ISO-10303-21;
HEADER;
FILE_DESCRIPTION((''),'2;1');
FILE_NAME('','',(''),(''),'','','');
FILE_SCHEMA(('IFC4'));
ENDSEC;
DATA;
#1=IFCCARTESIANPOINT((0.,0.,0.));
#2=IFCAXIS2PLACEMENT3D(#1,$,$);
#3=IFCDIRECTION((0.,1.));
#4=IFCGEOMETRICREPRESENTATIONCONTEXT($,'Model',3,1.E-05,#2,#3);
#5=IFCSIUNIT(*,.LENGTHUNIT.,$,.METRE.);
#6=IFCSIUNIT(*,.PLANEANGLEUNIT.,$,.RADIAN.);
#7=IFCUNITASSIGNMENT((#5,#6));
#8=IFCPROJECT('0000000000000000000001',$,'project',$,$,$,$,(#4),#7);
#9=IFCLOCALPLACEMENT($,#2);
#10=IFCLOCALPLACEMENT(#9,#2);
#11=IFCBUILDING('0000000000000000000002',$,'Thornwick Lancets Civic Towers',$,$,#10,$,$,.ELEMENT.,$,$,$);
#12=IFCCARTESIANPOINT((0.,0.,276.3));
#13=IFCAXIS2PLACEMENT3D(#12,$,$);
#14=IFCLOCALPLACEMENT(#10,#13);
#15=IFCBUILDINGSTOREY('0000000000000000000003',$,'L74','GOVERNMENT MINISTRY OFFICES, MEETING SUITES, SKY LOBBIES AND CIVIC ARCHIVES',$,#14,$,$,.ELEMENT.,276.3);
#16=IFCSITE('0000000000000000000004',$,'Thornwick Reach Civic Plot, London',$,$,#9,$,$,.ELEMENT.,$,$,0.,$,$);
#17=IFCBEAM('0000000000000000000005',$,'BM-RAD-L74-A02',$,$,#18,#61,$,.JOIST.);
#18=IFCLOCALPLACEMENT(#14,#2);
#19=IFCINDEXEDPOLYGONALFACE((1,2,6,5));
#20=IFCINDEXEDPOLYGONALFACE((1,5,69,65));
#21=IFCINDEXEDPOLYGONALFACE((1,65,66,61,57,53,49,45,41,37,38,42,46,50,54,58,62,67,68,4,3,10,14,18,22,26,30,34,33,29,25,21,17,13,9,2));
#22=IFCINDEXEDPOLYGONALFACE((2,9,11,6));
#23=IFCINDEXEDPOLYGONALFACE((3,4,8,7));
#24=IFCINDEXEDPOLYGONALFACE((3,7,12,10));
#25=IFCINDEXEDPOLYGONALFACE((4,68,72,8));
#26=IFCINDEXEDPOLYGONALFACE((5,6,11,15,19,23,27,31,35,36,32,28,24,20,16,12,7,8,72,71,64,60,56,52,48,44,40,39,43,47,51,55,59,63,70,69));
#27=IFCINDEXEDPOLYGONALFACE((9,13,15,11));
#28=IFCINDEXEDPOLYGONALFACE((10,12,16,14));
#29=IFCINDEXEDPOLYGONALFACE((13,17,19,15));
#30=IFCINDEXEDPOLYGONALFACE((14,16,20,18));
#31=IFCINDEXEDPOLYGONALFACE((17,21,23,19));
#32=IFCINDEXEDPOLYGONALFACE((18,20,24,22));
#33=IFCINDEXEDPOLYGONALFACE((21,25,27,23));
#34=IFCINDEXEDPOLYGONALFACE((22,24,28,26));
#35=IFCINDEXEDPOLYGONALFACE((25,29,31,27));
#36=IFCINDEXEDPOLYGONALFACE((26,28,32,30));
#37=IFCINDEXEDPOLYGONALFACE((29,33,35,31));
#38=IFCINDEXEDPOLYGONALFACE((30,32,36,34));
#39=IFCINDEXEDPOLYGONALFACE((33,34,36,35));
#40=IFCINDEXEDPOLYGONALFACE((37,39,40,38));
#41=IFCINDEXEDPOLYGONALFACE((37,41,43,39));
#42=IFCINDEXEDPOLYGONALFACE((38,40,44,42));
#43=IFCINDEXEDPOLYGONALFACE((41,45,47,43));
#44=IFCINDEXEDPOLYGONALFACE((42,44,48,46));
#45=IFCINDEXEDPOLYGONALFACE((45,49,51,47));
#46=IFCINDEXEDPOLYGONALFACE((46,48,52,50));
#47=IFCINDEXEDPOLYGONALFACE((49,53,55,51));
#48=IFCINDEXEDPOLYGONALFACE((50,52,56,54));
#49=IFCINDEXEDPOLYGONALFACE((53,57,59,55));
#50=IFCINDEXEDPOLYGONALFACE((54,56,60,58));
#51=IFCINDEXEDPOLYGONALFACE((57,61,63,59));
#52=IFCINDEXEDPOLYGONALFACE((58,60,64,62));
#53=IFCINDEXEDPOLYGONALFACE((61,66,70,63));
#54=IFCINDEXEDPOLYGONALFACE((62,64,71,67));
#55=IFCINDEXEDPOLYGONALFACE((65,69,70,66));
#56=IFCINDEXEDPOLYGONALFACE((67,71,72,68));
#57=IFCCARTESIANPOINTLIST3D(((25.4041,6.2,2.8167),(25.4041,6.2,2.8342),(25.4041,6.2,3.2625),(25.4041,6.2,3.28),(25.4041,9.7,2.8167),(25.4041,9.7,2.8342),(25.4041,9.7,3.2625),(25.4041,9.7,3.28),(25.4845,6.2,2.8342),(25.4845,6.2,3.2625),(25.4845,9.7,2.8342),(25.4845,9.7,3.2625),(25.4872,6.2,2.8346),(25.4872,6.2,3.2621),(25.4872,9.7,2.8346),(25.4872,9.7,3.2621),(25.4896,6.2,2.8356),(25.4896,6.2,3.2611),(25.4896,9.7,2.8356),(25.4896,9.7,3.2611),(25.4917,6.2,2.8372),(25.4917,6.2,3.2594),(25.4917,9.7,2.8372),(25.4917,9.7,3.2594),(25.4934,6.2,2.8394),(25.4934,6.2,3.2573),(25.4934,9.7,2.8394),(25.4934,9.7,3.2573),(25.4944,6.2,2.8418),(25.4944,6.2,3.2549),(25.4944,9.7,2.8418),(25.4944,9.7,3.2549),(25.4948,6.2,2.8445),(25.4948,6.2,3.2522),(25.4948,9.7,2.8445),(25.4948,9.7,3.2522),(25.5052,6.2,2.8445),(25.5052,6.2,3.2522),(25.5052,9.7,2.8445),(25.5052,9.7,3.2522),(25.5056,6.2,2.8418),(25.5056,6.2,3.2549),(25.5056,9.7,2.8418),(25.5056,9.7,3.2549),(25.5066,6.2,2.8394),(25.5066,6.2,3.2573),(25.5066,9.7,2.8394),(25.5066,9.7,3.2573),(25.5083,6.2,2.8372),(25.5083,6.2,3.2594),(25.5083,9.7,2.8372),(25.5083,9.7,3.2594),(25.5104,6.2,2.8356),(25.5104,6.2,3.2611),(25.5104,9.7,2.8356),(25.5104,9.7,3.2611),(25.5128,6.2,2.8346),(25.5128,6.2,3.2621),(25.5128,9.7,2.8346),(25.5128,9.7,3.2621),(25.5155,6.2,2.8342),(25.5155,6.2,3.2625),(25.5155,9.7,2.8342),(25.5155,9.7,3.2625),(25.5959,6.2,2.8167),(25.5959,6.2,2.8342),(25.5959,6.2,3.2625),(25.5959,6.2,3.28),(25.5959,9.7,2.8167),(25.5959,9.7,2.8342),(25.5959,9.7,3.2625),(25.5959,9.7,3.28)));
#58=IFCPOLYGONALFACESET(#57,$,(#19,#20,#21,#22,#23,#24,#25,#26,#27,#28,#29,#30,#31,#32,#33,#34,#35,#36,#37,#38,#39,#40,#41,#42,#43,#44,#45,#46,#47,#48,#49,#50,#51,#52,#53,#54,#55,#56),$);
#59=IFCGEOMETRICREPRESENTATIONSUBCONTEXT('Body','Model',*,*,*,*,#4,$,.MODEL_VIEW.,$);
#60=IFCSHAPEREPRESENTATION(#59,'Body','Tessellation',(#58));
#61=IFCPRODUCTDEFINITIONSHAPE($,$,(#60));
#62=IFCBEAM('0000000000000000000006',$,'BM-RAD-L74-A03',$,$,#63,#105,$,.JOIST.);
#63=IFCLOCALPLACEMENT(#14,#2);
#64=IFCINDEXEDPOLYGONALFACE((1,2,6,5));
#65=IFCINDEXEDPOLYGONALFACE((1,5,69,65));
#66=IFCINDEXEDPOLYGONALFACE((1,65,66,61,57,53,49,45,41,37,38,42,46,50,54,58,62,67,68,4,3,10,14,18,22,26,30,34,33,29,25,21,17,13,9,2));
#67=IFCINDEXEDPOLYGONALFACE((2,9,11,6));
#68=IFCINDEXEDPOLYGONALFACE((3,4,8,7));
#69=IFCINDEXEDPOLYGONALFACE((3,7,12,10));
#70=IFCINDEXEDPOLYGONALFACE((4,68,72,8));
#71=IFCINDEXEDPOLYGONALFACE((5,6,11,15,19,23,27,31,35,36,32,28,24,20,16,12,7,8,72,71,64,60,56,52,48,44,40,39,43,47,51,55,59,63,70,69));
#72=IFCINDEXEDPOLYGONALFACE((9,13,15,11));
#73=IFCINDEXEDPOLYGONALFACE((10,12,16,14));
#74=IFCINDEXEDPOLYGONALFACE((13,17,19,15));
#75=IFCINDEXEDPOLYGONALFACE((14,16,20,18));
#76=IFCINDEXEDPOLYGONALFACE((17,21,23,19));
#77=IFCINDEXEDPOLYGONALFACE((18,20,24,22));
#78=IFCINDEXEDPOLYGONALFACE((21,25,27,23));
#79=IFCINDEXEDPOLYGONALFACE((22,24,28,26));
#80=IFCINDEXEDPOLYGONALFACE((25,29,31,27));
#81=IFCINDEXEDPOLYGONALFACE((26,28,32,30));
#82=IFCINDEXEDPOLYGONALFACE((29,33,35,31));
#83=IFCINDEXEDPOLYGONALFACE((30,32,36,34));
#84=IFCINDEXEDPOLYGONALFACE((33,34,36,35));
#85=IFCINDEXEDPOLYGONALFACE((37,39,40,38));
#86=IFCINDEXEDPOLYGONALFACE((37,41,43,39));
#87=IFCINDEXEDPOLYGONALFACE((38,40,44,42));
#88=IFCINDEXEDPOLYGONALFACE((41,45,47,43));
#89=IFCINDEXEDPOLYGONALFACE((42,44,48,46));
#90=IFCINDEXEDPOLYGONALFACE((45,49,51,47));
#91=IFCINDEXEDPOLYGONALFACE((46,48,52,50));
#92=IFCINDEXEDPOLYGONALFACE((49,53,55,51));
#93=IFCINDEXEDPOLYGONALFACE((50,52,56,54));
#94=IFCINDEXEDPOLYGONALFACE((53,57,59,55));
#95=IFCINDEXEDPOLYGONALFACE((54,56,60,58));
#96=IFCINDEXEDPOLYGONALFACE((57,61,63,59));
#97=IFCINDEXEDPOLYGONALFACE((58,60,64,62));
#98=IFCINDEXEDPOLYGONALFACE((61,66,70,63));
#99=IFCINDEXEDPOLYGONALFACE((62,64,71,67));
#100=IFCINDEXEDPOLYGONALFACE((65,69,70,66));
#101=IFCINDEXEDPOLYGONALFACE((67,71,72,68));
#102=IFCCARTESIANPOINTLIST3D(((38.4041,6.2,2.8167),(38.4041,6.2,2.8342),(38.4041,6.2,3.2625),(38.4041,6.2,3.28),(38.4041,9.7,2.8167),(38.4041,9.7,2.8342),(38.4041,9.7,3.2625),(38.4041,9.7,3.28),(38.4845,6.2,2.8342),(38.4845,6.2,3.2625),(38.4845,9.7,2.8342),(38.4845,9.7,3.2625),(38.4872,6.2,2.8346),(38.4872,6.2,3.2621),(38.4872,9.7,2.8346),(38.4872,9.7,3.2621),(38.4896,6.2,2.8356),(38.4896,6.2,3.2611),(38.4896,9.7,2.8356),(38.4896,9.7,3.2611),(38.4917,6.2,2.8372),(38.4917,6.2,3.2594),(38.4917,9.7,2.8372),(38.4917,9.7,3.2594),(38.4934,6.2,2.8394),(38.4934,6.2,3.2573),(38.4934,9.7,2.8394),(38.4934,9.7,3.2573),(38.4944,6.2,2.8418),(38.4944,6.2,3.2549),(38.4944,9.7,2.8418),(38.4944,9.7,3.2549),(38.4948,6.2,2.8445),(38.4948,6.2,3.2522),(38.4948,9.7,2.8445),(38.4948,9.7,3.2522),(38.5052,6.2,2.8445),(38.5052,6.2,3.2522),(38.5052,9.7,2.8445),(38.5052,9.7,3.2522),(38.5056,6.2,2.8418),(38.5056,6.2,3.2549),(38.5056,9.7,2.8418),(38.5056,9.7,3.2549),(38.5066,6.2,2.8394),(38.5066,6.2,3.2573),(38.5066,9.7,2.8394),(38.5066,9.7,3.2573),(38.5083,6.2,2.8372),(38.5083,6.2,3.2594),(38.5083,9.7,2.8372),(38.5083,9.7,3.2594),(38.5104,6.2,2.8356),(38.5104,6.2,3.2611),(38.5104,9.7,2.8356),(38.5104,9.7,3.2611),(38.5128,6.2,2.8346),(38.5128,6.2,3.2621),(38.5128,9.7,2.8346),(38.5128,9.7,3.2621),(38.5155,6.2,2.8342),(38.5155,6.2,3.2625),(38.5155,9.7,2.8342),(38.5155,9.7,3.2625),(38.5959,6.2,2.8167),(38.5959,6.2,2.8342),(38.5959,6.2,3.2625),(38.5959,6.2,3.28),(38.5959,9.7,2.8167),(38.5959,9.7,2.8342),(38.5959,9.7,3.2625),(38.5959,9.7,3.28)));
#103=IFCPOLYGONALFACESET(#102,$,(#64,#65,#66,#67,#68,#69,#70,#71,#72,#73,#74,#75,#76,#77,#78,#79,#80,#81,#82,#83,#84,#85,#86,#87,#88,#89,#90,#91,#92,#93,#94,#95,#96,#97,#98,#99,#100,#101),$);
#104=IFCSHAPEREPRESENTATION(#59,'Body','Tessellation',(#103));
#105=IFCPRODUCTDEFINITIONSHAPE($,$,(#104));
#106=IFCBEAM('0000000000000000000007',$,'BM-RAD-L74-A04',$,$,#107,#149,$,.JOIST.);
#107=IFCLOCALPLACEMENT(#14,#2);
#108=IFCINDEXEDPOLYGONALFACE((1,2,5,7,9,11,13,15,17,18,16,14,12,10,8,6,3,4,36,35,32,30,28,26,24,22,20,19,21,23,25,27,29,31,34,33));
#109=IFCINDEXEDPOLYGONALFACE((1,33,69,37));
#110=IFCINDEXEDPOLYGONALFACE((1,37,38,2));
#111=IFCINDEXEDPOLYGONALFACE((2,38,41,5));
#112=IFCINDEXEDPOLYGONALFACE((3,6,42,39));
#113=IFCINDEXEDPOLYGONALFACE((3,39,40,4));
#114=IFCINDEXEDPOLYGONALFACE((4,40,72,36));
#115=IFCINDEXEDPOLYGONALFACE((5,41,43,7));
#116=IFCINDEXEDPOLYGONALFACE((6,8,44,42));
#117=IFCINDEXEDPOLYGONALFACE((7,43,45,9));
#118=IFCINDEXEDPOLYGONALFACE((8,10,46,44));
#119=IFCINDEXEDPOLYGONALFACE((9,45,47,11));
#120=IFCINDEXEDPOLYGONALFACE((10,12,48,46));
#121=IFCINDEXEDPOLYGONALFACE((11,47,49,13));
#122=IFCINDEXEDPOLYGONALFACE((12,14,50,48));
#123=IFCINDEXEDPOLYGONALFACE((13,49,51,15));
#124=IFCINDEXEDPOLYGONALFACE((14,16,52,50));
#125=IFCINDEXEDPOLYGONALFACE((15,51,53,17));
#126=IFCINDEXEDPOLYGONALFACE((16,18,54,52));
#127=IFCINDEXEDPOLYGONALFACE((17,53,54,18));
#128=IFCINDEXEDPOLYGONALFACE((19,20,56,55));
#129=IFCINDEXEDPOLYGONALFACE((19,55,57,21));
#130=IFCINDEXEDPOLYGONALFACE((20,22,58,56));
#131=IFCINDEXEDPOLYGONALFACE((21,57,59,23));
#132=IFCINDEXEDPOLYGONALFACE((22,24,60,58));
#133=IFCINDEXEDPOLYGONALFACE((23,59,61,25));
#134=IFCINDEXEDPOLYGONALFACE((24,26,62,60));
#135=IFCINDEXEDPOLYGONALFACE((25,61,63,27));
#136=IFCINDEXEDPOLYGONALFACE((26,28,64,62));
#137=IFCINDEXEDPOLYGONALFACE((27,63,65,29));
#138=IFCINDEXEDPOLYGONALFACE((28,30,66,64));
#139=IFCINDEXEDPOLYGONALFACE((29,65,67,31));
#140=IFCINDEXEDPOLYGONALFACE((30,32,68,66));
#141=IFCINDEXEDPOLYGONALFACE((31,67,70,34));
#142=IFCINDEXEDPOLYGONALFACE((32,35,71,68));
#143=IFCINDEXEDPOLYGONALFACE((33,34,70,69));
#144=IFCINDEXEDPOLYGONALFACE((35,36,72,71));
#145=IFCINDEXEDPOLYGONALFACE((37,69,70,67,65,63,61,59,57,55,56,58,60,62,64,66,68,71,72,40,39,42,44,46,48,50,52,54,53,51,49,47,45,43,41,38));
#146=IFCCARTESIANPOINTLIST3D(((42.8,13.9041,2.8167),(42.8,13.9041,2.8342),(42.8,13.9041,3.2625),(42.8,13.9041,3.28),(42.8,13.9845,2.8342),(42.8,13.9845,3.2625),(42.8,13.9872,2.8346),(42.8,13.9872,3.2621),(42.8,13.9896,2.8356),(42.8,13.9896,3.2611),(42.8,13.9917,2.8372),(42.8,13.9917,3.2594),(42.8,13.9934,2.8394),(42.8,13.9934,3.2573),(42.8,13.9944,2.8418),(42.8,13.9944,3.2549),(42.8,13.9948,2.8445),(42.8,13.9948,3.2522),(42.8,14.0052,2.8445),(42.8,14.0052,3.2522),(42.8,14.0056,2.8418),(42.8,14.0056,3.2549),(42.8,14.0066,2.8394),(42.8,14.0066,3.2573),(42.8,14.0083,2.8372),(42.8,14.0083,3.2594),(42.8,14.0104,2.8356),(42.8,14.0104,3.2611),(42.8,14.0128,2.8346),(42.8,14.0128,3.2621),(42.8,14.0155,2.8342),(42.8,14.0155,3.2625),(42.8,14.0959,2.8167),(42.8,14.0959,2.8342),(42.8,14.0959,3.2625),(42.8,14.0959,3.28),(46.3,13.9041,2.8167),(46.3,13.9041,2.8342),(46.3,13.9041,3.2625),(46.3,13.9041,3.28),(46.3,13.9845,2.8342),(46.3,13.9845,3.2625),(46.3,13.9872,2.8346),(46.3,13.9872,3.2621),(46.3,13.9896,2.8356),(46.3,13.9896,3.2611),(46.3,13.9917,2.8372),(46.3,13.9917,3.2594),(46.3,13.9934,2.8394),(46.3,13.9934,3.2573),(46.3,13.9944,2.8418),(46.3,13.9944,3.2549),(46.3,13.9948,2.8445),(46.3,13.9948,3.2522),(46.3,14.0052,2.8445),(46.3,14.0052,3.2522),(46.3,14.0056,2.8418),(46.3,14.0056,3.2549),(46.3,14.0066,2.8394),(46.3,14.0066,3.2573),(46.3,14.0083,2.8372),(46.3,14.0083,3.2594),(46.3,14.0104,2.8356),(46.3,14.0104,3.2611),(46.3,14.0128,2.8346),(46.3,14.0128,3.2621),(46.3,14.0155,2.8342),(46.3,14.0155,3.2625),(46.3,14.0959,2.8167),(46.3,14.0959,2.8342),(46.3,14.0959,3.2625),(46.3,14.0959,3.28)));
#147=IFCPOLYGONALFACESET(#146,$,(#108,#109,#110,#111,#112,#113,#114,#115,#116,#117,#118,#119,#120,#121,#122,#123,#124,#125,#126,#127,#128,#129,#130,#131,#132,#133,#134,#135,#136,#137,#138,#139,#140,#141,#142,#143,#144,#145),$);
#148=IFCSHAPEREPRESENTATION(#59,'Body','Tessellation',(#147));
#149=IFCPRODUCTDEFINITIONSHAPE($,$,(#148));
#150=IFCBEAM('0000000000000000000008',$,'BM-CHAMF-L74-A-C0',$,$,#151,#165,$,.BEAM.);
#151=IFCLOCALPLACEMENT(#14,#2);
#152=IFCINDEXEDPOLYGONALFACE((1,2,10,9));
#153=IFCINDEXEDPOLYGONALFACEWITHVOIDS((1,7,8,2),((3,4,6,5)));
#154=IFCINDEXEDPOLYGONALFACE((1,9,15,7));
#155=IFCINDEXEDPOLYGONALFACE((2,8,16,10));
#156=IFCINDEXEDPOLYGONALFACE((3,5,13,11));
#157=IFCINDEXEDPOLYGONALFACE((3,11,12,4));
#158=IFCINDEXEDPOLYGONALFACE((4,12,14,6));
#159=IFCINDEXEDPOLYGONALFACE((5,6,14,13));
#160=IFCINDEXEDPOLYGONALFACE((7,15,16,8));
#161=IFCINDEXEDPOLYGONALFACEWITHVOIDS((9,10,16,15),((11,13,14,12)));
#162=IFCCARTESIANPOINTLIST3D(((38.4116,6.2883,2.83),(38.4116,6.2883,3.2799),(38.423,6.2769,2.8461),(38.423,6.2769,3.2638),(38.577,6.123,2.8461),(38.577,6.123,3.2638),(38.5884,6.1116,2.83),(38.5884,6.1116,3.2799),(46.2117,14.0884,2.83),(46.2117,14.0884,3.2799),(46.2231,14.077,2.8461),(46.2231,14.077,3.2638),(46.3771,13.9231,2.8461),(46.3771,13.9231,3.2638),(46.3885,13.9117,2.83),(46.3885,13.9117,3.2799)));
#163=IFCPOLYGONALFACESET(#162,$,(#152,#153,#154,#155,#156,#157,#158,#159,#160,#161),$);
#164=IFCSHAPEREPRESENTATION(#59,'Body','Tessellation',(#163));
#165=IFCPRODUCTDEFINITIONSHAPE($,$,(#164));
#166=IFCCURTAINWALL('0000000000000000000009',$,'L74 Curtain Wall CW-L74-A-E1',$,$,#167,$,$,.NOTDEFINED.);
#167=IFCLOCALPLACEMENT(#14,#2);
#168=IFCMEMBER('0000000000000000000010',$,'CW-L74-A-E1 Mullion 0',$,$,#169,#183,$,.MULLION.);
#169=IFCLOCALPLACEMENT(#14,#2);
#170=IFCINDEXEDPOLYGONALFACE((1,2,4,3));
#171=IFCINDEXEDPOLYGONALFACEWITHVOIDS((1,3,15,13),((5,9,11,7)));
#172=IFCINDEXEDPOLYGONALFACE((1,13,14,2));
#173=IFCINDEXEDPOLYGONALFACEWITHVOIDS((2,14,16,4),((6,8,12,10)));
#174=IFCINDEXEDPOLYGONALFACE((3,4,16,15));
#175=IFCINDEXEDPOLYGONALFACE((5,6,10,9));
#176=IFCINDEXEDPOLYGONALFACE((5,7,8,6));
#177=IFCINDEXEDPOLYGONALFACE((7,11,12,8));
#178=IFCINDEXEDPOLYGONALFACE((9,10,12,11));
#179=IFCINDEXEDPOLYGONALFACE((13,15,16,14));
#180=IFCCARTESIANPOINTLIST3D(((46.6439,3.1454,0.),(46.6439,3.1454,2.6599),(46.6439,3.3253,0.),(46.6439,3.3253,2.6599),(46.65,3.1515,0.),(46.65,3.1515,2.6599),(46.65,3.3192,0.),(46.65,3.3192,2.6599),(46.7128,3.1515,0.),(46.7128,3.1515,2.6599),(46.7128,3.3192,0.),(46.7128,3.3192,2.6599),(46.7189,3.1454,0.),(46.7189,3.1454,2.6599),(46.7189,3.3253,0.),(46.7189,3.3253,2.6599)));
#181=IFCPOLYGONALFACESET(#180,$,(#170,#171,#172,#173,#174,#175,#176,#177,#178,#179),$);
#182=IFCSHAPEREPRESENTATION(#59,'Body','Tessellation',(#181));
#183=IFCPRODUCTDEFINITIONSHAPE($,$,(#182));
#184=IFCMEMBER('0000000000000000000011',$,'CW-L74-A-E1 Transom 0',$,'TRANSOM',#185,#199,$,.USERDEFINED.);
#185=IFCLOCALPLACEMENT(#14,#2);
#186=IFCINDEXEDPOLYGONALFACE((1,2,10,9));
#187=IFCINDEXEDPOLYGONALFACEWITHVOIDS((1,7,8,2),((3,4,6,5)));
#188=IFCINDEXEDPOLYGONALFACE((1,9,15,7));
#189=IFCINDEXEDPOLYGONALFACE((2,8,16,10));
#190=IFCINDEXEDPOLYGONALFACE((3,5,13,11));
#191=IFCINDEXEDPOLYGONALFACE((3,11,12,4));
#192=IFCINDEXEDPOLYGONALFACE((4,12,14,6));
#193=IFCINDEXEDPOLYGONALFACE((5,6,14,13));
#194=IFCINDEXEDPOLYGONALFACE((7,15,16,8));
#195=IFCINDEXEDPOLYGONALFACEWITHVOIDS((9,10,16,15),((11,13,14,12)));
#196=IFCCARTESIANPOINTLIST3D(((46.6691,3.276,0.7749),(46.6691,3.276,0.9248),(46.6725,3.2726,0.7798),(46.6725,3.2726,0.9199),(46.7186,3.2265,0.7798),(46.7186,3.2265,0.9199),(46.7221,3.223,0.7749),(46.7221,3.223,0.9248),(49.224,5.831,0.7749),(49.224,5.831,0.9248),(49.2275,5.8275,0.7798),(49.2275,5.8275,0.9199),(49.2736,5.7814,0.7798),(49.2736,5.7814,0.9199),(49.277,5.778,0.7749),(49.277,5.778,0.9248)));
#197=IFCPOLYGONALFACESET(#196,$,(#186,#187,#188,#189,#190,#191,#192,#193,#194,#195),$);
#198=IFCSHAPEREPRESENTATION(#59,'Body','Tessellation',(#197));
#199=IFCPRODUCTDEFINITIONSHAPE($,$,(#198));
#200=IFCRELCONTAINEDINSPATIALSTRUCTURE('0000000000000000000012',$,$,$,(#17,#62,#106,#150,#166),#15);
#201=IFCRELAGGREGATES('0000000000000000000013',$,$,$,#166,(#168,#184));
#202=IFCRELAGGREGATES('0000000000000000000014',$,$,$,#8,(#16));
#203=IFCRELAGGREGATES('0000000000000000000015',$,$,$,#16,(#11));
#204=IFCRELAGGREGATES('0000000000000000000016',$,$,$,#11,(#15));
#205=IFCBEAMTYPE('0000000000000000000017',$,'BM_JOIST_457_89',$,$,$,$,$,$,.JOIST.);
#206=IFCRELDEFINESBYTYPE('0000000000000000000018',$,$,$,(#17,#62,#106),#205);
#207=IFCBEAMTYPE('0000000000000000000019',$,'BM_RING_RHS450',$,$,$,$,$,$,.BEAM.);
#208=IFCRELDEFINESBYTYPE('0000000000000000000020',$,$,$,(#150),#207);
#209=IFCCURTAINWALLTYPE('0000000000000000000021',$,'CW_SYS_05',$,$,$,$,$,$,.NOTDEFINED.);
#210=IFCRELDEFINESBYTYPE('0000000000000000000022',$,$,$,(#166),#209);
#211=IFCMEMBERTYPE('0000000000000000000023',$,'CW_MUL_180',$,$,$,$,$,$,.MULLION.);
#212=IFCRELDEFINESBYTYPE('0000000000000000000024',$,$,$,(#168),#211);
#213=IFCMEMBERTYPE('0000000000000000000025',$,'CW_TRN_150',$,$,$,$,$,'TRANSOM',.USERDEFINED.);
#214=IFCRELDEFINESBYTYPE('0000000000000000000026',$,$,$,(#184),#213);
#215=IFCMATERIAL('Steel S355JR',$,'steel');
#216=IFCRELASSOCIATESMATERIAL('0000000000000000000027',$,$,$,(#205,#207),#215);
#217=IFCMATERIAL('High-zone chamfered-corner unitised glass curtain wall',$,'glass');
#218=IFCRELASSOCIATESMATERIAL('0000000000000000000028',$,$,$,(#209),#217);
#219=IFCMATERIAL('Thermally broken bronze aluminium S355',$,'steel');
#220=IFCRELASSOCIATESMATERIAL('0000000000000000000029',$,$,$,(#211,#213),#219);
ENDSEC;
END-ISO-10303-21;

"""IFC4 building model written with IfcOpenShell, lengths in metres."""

from ifc_helpers import new_model, si_unit, direction, frame, origin, origin_2d, place, context, subcontext, project, spatial, hollow_rectangle, i_section, extrude, material, material_profile, profile_set, type_object, element, aggregate, save


model = new_model("IFC4")

# Units and contexts
model_context = context("Model", 3, precision=1e-05, world=origin(), true_north=direction((0.0, 1.0)))
body_context = subcontext(model_context, "Body", "Model", "MODEL_VIEW")
ifc_project = project(units=[si_unit("LENGTHUNIT", "METRE"), si_unit("PLANEANGLEUNIT", "RADIAN")], contexts=[model_context])

# Site, building, storey
site_placement = place(None, origin())
site = spatial("IfcSite", under=ifc_project, at=site_placement, Name="Thornwick Reach Civic Plot, London", CompositionType="ELEMENT", RefElevation=0.0)
building_placement = place(site_placement, origin())
building = spatial("IfcBuilding", under=site, at=building_placement, Name="Thornwick Lancets Civic Towers", CompositionType="ELEMENT")
storey_placement = place(building_placement, frame((0.0, 0.0, 276.3)))
storey = spatial("IfcBuildingStorey", under=building, at=storey_placement, Name="L74", Description="GOVERNMENT MINISTRY OFFICES, MEETING SUITES, SKY LOBBIES AND CIVIC ARCHIVES", CompositionType="ELEMENT", Elevation=276.3)

# Shared definitions
ifc_material_1 = material(Name="Steel S355JR", Category="steel")

# Beams
ifc_material_profile_1 = material_profile(ifc_material_1, i_section(OverallWidth=0.1919, OverallDepth=0.4634, WebThickness=0.0105, FlangeThickness=0.0176, FilletRadius=0.0103, at=origin_2d()), Name="UKB 457x191x89")
ifc_profile_set_1 = profile_set([ifc_material_profile_1], Name="Steel S355JR")
beam_type_1 = type_object("IfcBeamType", Name="BM_JOIST_457_89", PredefinedType="JOIST", material=ifc_profile_set_1)
for number, where, z_axis, x_axis, name in (
    (1, (25.5, 9.7, 3.0483), (0.0, -1.0, 0.0), (1.0, 0.0, 0.0), "BM-RAD-L74-A02"),
    (2, (38.5, 9.7, 3.0483), (0.0, -1.0, 0.0), (1.0, 0.0, 0.0), "BM-RAD-L74-A03"),
    (3, (42.8, 14.0, 3.0483), (1.0, 0.0, 0.0), (0.0, 1.0, 0.0), "BM-RAD-L74-A04"),
):
    element("IfcBeam", number, at=place(storey_placement, frame(where, z_axis=z_axis, x_axis=x_axis)), inside=storey, type_object=beam_type_1, Name=name, PredefinedType="JOIST", context=body_context, shape_type="SweptSolid", body=[
        extrude(i_section(OverallWidth=0.1919, OverallDepth=0.4634, WebThickness=0.0105, FlangeThickness=0.0176, FilletRadius=0.0103, at=origin_2d()), origin(), (0.0, 0.0, 1.0), 3.5),
    ])
ifc_material_profile_2 = material_profile(ifc_material_1, hollow_rectangle(XDim=0.25, YDim=0.45, WallThickness=0.0161, at=origin_2d()), Name="RHS 450x250x16")
ifc_profile_set_2 = profile_set([ifc_material_profile_2], Name="Steel S355JR")
beam_type_2 = type_object("IfcBeamType", Name="BM_RING_RHS450", PredefinedType="BEAM", material=ifc_profile_set_2)
beam_1_placement = place(storey_placement, frame((38.5, 6.2, 3.0549), z_axis=(0.707107, 0.707107, 0.0), x_axis=(-0.707107, 0.707107, 0.0)))
element("IfcBeam", 4, at=beam_1_placement, inside=storey, type_object=beam_type_2, Name="BM-CHAMF-L74-A-C0", PredefinedType="BEAM", context=body_context, shape_type="SweptSolid", body=[
    extrude(hollow_rectangle(XDim=0.25, YDim=0.45, WallThickness=0.0161, at=origin_2d()), origin(), (0.0, 0.0, 1.0), 11.031),
])

# Curtain wall, members
ifc_material_2 = material(Name="High-zone chamfered-corner unitised glass curtain wall", Category="glass")
curtain_wall_type = type_object("IfcCurtainWallType", Name="CW_SYS_05", PredefinedType="NOTDEFINED", material=ifc_material_2)
curtain_wall_placement = place(storey_placement, origin())
curtain_wall = element("IfcCurtainWall", 5, at=curtain_wall_placement, inside=storey, type_object=curtain_wall_type, Name="L74 Curtain Wall CW-L74-A-E1", PredefinedType="NOTDEFINED")
ifc_material_3 = material(Name="Thermally broken bronze aluminium S355", Category="steel")
ifc_material_profile_3 = material_profile(ifc_material_3, hollow_rectangle(XDim=0.075, YDim=0.1799, WallThickness=0.0061, at=origin_2d()), Name="RHS 180x75x6")
ifc_profile_set_3 = profile_set([ifc_material_profile_3], Name="Thermally broken bronze aluminium S355")
member_type_1 = type_object("IfcMemberType", Name="CW_MUL_180", PredefinedType="MULLION", material=ifc_profile_set_3)
member_1_placement = place(storey_placement, frame((46.6814, 3.2354, 0.0), z_axis=(0.0, 0.0, 1.0), x_axis=(1.0, 0.0, 0.0)))
member_1 = element("IfcMember", 6, at=member_1_placement, type_object=member_type_1, Name="CW-L74-A-E1 Mullion 0", PredefinedType="MULLION", context=body_context, shape_type="SweptSolid", body=[
    extrude(hollow_rectangle(XDim=0.075, YDim=0.1799, WallThickness=0.0061, at=origin_2d()), origin(), (0.0, 0.0, 1.0), 2.6599),
])
ifc_material_profile_4 = material_profile(ifc_material_3, hollow_rectangle(XDim=0.075, YDim=0.1499, WallThickness=0.0049, at=origin_2d()), Name="RHS 150x75x5")
ifc_profile_set_4 = profile_set([ifc_material_profile_4], Name="Thermally broken bronze aluminium S355")
member_type_2 = type_object("IfcMemberType", Name="CW_TRN_150", ElementType="TRANSOM", PredefinedType="USERDEFINED", material=ifc_profile_set_4)
member_2_placement = place(storey_placement, frame((46.6956, 3.2495, 0.8499), z_axis=(0.707107, 0.707107, 0.0), x_axis=(-0.707107, 0.707107, 0.0)))
member_2 = element("IfcMember", 7, at=member_2_placement, type_object=member_type_2, Name="CW-L74-A-E1 Transom 0", ObjectType="TRANSOM", PredefinedType="USERDEFINED", context=body_context, shape_type="SweptSolid", body=[
    extrude(hollow_rectangle(XDim=0.075, YDim=0.1499, WallThickness=0.0049, at=origin_2d()), origin(), (0.0, 0.0, 1.0), 3.6133),
])
aggregate(curtain_wall, [member_1, member_2])

save(model, "model.ifc")
